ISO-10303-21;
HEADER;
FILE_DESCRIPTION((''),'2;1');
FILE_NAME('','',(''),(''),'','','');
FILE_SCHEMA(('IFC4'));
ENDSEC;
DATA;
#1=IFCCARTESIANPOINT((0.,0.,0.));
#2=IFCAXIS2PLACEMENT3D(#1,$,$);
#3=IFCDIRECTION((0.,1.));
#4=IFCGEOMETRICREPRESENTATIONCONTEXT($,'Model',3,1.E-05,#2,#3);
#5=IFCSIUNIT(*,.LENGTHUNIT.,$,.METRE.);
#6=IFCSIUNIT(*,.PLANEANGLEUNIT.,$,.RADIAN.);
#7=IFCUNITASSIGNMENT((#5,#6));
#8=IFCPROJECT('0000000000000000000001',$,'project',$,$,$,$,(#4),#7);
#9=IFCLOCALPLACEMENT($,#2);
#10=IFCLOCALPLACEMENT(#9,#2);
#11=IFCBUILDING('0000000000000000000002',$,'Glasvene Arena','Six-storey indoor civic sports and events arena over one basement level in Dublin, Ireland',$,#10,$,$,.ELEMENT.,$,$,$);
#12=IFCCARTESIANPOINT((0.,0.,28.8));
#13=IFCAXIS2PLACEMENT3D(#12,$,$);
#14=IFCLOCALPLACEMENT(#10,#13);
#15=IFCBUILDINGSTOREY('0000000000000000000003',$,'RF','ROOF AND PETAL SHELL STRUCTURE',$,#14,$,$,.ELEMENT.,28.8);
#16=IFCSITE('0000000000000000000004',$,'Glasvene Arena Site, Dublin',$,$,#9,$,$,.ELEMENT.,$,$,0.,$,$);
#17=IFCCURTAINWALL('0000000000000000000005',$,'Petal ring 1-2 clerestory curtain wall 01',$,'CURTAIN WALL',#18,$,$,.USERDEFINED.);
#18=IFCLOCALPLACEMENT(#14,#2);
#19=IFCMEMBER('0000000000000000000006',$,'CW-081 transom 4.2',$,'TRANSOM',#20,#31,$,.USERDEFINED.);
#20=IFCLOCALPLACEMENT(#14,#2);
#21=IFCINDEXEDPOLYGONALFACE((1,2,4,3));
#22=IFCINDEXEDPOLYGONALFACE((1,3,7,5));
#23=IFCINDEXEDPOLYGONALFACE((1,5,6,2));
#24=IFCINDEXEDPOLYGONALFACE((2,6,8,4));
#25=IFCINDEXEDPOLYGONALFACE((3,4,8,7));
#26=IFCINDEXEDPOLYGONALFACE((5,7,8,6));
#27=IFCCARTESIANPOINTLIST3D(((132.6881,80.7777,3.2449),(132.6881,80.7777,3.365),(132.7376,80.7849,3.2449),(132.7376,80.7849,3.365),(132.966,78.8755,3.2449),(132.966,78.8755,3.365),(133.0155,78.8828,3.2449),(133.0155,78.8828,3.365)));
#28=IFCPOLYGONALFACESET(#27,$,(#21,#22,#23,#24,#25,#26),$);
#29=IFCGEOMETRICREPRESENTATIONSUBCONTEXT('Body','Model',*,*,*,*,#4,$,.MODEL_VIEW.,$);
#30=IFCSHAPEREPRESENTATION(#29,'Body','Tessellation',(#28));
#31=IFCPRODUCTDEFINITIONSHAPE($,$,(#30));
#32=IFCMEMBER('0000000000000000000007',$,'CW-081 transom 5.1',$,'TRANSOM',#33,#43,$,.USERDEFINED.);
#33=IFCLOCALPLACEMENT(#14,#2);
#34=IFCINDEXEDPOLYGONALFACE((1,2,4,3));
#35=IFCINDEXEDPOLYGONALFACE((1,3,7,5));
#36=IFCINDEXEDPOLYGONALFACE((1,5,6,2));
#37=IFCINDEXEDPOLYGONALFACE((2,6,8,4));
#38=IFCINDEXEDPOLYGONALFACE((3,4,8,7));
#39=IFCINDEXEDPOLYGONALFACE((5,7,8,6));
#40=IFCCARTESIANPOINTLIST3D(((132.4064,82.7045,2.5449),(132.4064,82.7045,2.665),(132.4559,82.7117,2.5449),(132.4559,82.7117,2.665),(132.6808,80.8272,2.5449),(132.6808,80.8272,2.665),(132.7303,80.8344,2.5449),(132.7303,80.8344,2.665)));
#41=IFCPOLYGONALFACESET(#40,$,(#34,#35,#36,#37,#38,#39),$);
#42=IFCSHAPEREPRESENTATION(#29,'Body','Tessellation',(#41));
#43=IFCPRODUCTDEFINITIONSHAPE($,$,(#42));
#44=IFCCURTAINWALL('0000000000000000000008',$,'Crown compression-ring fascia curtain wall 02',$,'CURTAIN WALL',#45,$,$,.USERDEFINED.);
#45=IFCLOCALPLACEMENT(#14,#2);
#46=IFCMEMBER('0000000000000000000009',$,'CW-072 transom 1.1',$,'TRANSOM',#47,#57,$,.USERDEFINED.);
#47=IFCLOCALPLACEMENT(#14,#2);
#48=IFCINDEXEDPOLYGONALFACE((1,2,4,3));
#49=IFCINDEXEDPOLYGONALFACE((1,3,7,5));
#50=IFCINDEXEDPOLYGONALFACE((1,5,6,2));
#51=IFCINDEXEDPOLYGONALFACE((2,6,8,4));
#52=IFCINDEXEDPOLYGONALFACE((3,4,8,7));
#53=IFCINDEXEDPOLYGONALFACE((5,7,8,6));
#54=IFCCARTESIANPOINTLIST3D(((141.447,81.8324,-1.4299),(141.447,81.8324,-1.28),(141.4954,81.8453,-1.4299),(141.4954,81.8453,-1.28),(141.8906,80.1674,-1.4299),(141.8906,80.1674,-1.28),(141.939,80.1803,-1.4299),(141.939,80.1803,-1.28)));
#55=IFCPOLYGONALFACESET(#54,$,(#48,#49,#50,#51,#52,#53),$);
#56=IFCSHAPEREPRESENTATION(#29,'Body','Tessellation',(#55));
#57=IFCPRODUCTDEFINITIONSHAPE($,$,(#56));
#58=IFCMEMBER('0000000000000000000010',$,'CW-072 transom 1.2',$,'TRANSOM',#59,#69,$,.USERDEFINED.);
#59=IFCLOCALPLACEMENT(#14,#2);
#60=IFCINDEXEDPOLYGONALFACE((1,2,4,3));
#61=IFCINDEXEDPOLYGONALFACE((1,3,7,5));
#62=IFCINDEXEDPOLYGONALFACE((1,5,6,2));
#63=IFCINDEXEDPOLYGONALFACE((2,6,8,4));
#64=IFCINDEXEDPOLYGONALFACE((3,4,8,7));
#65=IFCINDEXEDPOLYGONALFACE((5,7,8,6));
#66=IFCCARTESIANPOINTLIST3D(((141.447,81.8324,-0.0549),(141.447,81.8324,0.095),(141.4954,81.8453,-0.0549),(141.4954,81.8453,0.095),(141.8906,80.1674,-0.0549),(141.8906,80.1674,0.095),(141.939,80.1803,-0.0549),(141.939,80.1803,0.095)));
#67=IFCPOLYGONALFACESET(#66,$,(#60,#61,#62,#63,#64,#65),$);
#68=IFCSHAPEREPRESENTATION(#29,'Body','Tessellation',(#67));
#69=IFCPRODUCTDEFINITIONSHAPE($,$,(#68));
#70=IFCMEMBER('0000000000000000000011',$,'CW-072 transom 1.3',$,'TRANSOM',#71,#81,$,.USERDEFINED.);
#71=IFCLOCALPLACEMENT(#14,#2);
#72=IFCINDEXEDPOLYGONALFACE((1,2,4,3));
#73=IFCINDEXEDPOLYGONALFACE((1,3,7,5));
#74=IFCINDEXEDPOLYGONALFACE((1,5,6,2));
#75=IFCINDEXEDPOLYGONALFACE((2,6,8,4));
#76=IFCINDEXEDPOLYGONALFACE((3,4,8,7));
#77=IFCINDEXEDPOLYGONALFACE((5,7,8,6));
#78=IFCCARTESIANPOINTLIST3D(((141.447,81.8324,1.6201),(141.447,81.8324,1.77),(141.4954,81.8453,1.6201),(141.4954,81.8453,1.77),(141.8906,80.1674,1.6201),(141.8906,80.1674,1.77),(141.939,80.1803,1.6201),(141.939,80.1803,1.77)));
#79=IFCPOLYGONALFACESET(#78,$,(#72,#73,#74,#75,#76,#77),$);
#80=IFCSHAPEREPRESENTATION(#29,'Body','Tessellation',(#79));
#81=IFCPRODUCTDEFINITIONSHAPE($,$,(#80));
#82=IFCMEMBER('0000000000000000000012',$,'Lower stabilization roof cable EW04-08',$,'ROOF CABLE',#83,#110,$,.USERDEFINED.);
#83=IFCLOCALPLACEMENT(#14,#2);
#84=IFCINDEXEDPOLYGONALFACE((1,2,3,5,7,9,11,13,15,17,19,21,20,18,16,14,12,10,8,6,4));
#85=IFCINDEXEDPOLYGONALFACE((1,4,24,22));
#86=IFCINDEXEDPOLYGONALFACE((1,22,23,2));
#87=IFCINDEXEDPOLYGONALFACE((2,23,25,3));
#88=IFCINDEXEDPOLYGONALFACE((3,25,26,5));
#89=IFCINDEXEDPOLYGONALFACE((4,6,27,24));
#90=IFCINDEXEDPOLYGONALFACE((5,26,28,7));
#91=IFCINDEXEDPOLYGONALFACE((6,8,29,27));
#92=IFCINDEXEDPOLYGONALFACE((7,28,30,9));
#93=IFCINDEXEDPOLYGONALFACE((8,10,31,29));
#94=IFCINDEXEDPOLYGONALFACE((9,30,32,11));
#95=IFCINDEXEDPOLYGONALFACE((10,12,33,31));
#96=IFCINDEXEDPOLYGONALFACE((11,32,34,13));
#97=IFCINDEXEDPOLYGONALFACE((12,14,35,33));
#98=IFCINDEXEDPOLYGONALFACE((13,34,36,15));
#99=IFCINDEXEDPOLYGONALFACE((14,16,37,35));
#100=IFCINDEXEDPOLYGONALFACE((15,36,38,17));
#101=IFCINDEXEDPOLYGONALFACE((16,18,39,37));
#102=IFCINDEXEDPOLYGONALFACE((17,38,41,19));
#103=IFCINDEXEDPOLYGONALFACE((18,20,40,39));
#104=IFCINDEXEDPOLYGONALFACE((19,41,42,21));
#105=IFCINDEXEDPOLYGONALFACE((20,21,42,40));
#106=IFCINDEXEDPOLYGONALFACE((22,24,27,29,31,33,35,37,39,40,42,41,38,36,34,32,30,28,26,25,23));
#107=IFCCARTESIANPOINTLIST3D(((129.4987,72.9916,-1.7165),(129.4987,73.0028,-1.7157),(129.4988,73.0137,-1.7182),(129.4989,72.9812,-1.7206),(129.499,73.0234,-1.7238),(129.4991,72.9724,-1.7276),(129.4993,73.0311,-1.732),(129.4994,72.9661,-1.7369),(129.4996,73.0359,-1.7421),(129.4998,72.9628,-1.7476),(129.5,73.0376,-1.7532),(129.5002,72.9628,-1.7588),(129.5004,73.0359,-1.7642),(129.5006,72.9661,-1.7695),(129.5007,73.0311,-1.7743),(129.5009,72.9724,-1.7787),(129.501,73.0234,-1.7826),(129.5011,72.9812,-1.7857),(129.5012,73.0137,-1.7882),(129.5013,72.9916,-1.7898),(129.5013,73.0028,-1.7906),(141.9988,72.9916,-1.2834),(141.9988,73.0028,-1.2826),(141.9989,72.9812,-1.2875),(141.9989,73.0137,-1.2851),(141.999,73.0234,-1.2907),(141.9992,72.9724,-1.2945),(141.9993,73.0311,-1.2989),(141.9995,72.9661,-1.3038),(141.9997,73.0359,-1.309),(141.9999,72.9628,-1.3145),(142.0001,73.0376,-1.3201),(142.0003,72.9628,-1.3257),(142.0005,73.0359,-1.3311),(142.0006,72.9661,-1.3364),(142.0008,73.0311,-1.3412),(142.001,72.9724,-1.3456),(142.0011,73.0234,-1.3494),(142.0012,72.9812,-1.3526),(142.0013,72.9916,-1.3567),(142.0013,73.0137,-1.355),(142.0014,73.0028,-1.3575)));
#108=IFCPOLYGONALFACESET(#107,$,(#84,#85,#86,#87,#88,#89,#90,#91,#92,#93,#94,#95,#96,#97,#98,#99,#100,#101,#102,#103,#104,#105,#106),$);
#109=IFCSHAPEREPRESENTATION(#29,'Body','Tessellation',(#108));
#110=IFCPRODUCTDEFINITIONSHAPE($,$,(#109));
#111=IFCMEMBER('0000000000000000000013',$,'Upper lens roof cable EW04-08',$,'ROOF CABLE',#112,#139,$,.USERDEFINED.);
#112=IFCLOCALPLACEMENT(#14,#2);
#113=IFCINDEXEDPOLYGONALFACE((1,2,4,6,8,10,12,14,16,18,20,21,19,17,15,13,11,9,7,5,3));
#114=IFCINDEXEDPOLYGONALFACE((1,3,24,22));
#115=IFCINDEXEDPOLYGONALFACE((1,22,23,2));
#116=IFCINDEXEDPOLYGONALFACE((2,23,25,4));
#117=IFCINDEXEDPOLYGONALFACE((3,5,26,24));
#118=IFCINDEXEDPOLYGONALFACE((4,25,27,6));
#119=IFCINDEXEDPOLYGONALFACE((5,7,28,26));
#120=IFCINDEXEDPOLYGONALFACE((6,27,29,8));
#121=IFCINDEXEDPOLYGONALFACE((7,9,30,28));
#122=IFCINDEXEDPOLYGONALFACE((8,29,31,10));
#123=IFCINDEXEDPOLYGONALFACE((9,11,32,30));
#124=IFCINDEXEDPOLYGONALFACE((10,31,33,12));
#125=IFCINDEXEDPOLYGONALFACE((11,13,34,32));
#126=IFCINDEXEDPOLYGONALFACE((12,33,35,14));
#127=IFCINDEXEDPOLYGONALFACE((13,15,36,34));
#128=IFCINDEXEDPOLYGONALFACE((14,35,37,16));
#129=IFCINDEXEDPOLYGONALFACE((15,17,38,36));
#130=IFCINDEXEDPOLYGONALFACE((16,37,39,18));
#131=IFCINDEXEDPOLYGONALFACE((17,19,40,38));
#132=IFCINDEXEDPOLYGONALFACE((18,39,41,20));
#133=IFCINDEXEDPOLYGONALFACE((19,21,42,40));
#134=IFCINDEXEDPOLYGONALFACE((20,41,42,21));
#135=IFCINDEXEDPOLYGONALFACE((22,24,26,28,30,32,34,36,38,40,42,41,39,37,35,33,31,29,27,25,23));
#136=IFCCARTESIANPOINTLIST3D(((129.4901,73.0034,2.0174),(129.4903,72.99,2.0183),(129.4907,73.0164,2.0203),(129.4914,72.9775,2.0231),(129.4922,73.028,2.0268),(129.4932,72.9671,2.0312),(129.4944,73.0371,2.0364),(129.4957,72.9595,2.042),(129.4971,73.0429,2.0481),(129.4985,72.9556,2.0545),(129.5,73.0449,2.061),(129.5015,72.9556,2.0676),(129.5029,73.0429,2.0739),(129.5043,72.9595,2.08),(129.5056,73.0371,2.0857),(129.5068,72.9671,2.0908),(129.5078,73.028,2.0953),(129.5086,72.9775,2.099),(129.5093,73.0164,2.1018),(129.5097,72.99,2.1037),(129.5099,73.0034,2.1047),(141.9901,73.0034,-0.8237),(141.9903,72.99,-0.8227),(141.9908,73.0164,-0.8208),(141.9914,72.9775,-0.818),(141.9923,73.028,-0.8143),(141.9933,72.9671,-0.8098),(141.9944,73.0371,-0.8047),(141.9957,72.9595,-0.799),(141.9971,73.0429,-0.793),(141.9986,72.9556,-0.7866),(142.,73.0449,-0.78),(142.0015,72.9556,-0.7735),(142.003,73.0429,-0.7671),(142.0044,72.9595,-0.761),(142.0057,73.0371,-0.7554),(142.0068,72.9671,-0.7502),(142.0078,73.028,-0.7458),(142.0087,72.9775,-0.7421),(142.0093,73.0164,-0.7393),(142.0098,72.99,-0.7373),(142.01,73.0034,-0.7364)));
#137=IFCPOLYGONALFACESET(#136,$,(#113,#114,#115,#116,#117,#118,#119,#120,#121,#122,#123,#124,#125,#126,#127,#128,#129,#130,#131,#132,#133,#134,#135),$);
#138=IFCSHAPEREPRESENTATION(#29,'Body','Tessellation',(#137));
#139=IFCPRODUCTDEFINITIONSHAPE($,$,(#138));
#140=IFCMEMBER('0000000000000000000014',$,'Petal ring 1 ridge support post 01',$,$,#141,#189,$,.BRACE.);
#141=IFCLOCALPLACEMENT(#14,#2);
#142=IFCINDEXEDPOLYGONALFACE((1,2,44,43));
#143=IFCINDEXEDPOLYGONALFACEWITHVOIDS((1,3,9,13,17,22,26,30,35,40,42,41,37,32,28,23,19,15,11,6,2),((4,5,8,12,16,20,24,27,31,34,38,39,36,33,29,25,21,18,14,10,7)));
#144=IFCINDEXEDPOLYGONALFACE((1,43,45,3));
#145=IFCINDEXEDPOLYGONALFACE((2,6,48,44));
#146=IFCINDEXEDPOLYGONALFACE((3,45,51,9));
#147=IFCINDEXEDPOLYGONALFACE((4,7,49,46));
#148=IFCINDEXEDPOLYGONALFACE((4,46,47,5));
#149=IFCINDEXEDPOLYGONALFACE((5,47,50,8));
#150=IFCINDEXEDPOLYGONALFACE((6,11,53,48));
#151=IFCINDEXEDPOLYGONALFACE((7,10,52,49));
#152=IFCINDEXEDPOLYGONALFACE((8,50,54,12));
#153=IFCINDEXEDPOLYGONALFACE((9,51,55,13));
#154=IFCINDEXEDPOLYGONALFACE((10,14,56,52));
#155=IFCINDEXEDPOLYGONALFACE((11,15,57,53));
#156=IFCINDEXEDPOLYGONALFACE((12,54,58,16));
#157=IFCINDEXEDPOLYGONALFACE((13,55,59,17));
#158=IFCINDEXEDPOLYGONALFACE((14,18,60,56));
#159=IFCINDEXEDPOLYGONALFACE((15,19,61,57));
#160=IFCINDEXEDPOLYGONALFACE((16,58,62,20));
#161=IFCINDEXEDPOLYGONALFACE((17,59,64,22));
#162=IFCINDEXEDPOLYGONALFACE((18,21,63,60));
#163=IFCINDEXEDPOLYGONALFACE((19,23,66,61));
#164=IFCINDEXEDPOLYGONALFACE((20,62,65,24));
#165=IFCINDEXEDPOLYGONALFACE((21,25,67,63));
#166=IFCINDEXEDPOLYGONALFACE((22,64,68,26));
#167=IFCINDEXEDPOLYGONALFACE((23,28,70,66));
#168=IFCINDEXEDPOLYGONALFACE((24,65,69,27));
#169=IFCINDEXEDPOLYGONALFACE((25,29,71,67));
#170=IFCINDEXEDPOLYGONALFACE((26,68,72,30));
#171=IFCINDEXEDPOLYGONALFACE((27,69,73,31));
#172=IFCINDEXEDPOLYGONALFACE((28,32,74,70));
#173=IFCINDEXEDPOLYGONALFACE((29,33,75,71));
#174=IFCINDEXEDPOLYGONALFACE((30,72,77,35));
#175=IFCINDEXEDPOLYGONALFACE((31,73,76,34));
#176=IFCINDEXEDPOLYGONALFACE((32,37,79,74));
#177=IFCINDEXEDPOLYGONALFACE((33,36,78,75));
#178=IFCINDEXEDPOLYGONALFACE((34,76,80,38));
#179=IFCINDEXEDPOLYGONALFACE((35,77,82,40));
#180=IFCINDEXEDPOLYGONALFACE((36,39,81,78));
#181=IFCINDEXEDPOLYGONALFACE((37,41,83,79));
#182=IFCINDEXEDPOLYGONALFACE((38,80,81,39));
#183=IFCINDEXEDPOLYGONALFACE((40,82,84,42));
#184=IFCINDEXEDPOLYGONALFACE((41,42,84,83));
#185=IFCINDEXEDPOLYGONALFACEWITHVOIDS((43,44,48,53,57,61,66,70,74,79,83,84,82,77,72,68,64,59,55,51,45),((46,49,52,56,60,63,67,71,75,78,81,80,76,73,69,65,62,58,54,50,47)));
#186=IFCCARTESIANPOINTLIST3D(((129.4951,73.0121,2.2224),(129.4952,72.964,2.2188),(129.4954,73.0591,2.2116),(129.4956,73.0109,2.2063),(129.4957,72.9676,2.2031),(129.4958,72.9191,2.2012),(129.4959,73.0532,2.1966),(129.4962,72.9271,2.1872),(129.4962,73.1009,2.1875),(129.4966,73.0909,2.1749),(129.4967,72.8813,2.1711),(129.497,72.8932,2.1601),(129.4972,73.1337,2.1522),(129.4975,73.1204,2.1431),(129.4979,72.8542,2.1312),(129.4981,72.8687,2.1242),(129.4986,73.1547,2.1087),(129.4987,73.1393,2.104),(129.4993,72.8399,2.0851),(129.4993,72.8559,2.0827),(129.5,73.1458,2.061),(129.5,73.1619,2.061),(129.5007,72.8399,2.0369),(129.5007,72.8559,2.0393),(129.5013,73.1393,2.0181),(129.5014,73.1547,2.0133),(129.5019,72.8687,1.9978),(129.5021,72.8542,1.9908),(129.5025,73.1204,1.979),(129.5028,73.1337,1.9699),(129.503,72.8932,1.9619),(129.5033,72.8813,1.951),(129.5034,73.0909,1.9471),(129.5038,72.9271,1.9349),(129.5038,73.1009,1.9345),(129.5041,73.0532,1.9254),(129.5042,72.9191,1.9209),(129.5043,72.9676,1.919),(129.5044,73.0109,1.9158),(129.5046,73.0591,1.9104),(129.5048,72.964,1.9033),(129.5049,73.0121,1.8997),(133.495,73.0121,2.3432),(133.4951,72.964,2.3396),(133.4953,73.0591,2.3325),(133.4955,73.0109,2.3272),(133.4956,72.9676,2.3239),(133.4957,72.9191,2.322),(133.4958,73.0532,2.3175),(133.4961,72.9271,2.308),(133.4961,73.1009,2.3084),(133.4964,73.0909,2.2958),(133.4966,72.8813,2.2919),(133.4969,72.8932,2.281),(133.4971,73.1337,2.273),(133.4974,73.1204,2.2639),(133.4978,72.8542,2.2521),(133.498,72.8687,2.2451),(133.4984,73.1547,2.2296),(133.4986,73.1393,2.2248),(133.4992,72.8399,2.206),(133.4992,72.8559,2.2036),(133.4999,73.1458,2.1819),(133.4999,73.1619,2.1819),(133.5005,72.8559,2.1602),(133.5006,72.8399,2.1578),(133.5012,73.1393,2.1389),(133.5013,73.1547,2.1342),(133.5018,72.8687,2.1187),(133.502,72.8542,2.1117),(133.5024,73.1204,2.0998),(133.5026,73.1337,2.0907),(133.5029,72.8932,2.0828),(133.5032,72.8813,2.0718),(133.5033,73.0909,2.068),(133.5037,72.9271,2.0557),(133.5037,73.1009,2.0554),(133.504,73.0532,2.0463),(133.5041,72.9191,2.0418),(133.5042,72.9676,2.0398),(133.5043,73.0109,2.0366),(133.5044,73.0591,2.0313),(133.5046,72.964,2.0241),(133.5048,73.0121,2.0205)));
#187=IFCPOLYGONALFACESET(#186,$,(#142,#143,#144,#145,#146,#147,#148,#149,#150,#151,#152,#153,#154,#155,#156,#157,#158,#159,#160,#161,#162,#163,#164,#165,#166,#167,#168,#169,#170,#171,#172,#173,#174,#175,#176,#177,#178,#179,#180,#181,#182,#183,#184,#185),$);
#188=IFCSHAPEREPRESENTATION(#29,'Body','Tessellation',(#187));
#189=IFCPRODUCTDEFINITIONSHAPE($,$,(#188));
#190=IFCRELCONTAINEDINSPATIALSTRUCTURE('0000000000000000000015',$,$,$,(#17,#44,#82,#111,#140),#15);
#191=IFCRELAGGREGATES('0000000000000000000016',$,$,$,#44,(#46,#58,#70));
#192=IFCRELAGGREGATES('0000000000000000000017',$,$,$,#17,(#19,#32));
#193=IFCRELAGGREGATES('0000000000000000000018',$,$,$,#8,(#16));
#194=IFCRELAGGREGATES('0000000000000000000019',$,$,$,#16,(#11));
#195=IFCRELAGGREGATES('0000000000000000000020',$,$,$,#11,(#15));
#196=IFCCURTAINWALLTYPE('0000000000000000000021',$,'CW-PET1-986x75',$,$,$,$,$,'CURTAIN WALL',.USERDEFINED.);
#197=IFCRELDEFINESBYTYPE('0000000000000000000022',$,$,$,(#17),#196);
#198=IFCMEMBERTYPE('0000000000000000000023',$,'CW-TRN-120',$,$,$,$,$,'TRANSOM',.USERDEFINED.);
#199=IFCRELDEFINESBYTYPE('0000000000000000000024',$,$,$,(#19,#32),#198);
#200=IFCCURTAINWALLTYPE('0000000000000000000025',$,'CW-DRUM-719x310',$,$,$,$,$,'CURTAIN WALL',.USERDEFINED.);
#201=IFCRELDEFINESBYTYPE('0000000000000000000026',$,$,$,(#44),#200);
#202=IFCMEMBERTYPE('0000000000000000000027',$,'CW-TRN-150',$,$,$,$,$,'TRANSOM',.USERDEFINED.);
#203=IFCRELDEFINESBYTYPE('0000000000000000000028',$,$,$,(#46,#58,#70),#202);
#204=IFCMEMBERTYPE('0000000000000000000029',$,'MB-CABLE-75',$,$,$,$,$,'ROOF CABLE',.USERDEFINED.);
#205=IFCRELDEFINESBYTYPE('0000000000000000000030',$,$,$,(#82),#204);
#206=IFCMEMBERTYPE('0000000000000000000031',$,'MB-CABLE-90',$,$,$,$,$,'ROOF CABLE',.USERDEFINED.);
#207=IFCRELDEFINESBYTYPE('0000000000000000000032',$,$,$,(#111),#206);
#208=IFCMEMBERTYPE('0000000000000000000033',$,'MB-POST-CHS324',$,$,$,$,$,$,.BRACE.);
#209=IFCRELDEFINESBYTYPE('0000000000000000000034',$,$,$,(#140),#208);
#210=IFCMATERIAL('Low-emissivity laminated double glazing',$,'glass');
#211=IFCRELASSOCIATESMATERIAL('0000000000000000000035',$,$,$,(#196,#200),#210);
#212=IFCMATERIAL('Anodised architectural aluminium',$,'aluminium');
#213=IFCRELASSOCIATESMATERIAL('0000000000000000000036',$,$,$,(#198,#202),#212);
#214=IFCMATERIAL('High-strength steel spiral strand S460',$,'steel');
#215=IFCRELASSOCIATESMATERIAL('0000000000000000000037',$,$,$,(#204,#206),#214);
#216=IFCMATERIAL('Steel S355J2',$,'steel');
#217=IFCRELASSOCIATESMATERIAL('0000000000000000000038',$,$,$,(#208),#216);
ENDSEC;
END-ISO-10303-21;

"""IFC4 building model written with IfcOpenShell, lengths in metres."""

from ifc_helpers import new_model, si_unit, direction, frame, origin, origin_2d, place, context, subcontext, project, spatial, rectangle, circle, hollow_circle, extrude, material, material_profile, profile_set, type_object, element, aggregate, save


model = new_model("IFC4")

# Units and contexts
model_context = context("Model", 3, precision=1e-05, world=origin(), true_north=direction((0.0, 1.0)))
body_context = subcontext(model_context, "Body", "Model", "MODEL_VIEW")
ifc_project = project(units=[si_unit("LENGTHUNIT", "METRE"), si_unit("PLANEANGLEUNIT", "RADIAN")], contexts=[model_context])

# Site, building, storey
site_placement = place(None, origin())
site = spatial("IfcSite", under=ifc_project, at=site_placement, Name="Glasvene Arena Site, Dublin", CompositionType="ELEMENT", RefElevation=0.0)
building_placement = place(site_placement, origin())
building = spatial("IfcBuilding", under=site, at=building_placement, Name="Glasvene Arena", Description="Six-storey indoor civic sports and events arena over one basement level in Dublin, Ireland", CompositionType="ELEMENT")
storey_placement = place(building_placement, frame((0.0, 0.0, 28.8)))
storey = spatial("IfcBuildingStorey", under=building, at=storey_placement, Name="RF", Description="ROOF AND PETAL SHELL STRUCTURE", CompositionType="ELEMENT", Elevation=28.8)

# Shared definitions
ifc_material_1 = material(Name="Steel S355J2", Category="steel")

# Curtain wall
ifc_material_2 = material(Name="Low-emissivity laminated double glazing", Category="glass")
curtain_wall_type_1 = type_object("IfcCurtainWallType", Name="CW-PET1-986x75", ElementType="CURTAIN WALL", PredefinedType="USERDEFINED", material=ifc_material_2)
curtain_wall_1_placement = place(storey_placement, frame((133.8501, 73.0, 0.0)))
curtain_wall_1 = element("IfcCurtainWall", 1, at=curtain_wall_1_placement, inside=storey, type_object=curtain_wall_type_1, Name="Petal ring 1-2 clerestory curtain wall 01", ObjectType="CURTAIN WALL", PredefinedType="USERDEFINED")
ifc_material_3 = material(Name="Anodised architectural aluminium", Category="aluminium")

# Members
ifc_material_profile_1 = material_profile(ifc_material_3, rectangle(XDim=0.05, YDim=0.1201, at=origin_2d()), Name="ALU TRANSOM 50x120")
ifc_profile_set_1 = profile_set([ifc_material_profile_1], Name="Anodised architectural aluminium")
member_type_1 = type_object("IfcMemberType", Name="CW-TRN-120", ElementType="TRANSOM", PredefinedType="USERDEFINED", material=ifc_profile_set_1)
member_1_placement = place(storey_placement, frame((132.9907, 78.8792, 3.3049), z_axis=(-0.144532, 0.9895, 0.0), x_axis=(-0.9895, -0.144532, 0.0)))
member_1 = element("IfcMember", 2, at=member_1_placement, type_object=member_type_1, Name="CW-081 transom 4.2", ObjectType="TRANSOM", PredefinedType="USERDEFINED", context=body_context, shape_type="SweptSolid", body=[
    extrude(rectangle(XDim=0.05, YDim=0.1201, at=origin_2d()), origin(), (0.0, 0.0, 1.0), 1.9224),
])
member_2_placement = place(storey_placement, frame((132.7056, 80.8308, 2.605), z_axis=(-0.144646, 0.989484, 0.0), x_axis=(-0.989484, -0.144646, 0.0)))
member_2 = element("IfcMember", 3, at=member_2_placement, type_object=member_type_1, Name="CW-081 transom 5.1", ObjectType="TRANSOM", PredefinedType="USERDEFINED", context=body_context, shape_type="SweptSolid", body=[
    extrude(rectangle(XDim=0.05, YDim=0.1201, at=origin_2d()), origin(), (0.0, 0.0, 1.0), 1.8972),
])

# Curtain wall, members
curtain_wall_type_2 = type_object("IfcCurtainWallType", Name="CW-DRUM-719x310", ElementType="CURTAIN WALL", PredefinedType="USERDEFINED", material=ifc_material_2)
curtain_wall_2_placement = place(storey_placement, frame((141.9275, 80.1255, 0.0)))
curtain_wall_2 = element("IfcCurtainWall", 4, at=curtain_wall_2_placement, inside=storey, type_object=curtain_wall_type_2, Name="Crown compression-ring fascia curtain wall 02", ObjectType="CURTAIN WALL", PredefinedType="USERDEFINED")
ifc_material_profile_2 = material_profile(ifc_material_3, rectangle(XDim=0.05, YDim=0.1499, at=origin_2d()), Name="ALU TRANSOM 50x150")
ifc_profile_set_2 = profile_set([ifc_material_profile_2], Name="Anodised architectural aluminium")
member_type_2 = type_object("IfcMemberType", Name="CW-TRN-150", ElementType="TRANSOM", PredefinedType="USERDEFINED", material=ifc_profile_set_2)
member_3_placement = place(storey_placement, frame((141.9148, 80.1738, -1.355), z_axis=(-0.257442, 0.966294, 0.0), x_axis=(-0.966294, -0.257442, 0.0)))
member_3 = element("IfcMember", 5, at=member_3_placement, type_object=member_type_2, Name="CW-072 transom 1.1", ObjectType="TRANSOM", PredefinedType="USERDEFINED", context=body_context, shape_type="SweptSolid", body=[
    extrude(rectangle(XDim=0.05, YDim=0.1499, at=origin_2d()), origin(), (0.0, 0.0, 1.0), 1.7231),
])
member_4_placement = place(storey_placement, frame((141.9148, 80.1738, 0.02), z_axis=(-0.257442, 0.966294, 0.0), x_axis=(-0.966294, -0.257442, 0.0)))
member_4 = element("IfcMember", 6, at=member_4_placement, type_object=member_type_2, Name="CW-072 transom 1.2", ObjectType="TRANSOM", PredefinedType="USERDEFINED", context=body_context, shape_type="SweptSolid", body=[
    extrude(rectangle(XDim=0.05, YDim=0.1499, at=origin_2d()), origin(), (0.0, 0.0, 1.0), 1.7231),
])
member_5_placement = place(storey_placement, frame((141.9148, 80.1738, 1.6951), z_axis=(-0.257442, 0.966294, 0.0), x_axis=(-0.966294, -0.257442, 0.0)))
member_5 = element("IfcMember", 7, at=member_5_placement, type_object=member_type_2, Name="CW-072 transom 1.3", ObjectType="TRANSOM", PredefinedType="USERDEFINED", context=body_context, shape_type="SweptSolid", body=[
    extrude(rectangle(XDim=0.05, YDim=0.1499, at=origin_2d()), origin(), (0.0, 0.0, 1.0), 1.7231),
])
aggregate(curtain_wall_2, [member_3, member_4, member_5])

# Members
ifc_material_4 = material(Name="High-strength steel spiral strand S460", Category="steel")
ifc_material_profile_3 = material_profile(ifc_material_4, circle(Radius=0.0376, at=origin_2d()), Name="LCSS D75")
ifc_profile_set_3 = profile_set([ifc_material_profile_3], Name="High-strength steel spiral strand S460")
member_type_3 = type_object("IfcMemberType", Name="MB-CABLE-75", ElementType="ROOF CABLE", PredefinedType="USERDEFINED", material=ifc_profile_set_3)
member_6_placement = place(storey_placement, frame((129.5, 73.0, -1.7532), z_axis=(0.9994, 0.0, 0.034628), x_axis=(0.0, 1.0, 0.0)))
element("IfcMember", 8, at=member_6_placement, inside=storey, type_object=member_type_3, Name="Lower stabilization roof cable EW04-08", ObjectType="ROOF CABLE", PredefinedType="USERDEFINED", context=body_context, shape_type="SweptSolid", body=[
    extrude(circle(Radius=0.0376, at=origin_2d()), origin(), (0.0, 0.0, 1.0), 12.5076),
])
ifc_material_profile_4 = material_profile(ifc_material_4, circle(Radius=0.0449, at=origin_2d()), Name="LCSS D90")
ifc_profile_set_4 = profile_set([ifc_material_profile_4], Name="High-strength steel spiral strand S460")
member_type_4 = type_object("IfcMemberType", Name="MB-CABLE-90", ElementType="ROOF CABLE", PredefinedType="USERDEFINED", material=ifc_profile_set_4)
member_7_placement = place(storey_placement, frame((129.5, 73.0, 2.061), z_axis=(0.97513, 0.0, -0.221633), x_axis=(0.0, 1.0, 0.0)))
element("IfcMember", 9, at=member_7_placement, inside=storey, type_object=member_type_4, Name="Upper lens roof cable EW04-08", ObjectType="ROOF CABLE", PredefinedType="USERDEFINED", context=body_context, shape_type="SweptSolid", body=[
    extrude(circle(Radius=0.0449, at=origin_2d()), origin(), (0.0, 0.0, 1.0), 12.8188),
])
ifc_material_profile_5 = material_profile(ifc_material_1, hollow_circle(Radius=0.1619, WallThickness=0.0161, at=origin_2d()), Name="CHS 323.9x16.0")
ifc_profile_set_5 = profile_set([ifc_material_profile_5], Name="Steel S355J2")
member_type_5 = type_object("IfcMemberType", Name="MB-POST-CHS324", PredefinedType="BRACE", material=ifc_profile_set_5)
member_8_placement = place(storey_placement, frame((129.5, 73.0, 2.061), z_axis=(0.999544, 0.0, 0.030199), x_axis=(0.0, 1.0, 0.0)))
element("IfcMember", 10, at=member_8_placement, inside=storey, type_object=member_type_5, Name="Petal ring 1 ridge support post 01", PredefinedType="BRACE", context=body_context, shape_type="SweptSolid", body=[
    extrude(hollow_circle(Radius=0.1619, WallThickness=0.0161, at=origin_2d()), origin(), (0.0, 0.0, 1.0), 4.0017),
])

aggregate(curtain_wall_1, [member_1, member_2])

save(model, "model.ifc")
